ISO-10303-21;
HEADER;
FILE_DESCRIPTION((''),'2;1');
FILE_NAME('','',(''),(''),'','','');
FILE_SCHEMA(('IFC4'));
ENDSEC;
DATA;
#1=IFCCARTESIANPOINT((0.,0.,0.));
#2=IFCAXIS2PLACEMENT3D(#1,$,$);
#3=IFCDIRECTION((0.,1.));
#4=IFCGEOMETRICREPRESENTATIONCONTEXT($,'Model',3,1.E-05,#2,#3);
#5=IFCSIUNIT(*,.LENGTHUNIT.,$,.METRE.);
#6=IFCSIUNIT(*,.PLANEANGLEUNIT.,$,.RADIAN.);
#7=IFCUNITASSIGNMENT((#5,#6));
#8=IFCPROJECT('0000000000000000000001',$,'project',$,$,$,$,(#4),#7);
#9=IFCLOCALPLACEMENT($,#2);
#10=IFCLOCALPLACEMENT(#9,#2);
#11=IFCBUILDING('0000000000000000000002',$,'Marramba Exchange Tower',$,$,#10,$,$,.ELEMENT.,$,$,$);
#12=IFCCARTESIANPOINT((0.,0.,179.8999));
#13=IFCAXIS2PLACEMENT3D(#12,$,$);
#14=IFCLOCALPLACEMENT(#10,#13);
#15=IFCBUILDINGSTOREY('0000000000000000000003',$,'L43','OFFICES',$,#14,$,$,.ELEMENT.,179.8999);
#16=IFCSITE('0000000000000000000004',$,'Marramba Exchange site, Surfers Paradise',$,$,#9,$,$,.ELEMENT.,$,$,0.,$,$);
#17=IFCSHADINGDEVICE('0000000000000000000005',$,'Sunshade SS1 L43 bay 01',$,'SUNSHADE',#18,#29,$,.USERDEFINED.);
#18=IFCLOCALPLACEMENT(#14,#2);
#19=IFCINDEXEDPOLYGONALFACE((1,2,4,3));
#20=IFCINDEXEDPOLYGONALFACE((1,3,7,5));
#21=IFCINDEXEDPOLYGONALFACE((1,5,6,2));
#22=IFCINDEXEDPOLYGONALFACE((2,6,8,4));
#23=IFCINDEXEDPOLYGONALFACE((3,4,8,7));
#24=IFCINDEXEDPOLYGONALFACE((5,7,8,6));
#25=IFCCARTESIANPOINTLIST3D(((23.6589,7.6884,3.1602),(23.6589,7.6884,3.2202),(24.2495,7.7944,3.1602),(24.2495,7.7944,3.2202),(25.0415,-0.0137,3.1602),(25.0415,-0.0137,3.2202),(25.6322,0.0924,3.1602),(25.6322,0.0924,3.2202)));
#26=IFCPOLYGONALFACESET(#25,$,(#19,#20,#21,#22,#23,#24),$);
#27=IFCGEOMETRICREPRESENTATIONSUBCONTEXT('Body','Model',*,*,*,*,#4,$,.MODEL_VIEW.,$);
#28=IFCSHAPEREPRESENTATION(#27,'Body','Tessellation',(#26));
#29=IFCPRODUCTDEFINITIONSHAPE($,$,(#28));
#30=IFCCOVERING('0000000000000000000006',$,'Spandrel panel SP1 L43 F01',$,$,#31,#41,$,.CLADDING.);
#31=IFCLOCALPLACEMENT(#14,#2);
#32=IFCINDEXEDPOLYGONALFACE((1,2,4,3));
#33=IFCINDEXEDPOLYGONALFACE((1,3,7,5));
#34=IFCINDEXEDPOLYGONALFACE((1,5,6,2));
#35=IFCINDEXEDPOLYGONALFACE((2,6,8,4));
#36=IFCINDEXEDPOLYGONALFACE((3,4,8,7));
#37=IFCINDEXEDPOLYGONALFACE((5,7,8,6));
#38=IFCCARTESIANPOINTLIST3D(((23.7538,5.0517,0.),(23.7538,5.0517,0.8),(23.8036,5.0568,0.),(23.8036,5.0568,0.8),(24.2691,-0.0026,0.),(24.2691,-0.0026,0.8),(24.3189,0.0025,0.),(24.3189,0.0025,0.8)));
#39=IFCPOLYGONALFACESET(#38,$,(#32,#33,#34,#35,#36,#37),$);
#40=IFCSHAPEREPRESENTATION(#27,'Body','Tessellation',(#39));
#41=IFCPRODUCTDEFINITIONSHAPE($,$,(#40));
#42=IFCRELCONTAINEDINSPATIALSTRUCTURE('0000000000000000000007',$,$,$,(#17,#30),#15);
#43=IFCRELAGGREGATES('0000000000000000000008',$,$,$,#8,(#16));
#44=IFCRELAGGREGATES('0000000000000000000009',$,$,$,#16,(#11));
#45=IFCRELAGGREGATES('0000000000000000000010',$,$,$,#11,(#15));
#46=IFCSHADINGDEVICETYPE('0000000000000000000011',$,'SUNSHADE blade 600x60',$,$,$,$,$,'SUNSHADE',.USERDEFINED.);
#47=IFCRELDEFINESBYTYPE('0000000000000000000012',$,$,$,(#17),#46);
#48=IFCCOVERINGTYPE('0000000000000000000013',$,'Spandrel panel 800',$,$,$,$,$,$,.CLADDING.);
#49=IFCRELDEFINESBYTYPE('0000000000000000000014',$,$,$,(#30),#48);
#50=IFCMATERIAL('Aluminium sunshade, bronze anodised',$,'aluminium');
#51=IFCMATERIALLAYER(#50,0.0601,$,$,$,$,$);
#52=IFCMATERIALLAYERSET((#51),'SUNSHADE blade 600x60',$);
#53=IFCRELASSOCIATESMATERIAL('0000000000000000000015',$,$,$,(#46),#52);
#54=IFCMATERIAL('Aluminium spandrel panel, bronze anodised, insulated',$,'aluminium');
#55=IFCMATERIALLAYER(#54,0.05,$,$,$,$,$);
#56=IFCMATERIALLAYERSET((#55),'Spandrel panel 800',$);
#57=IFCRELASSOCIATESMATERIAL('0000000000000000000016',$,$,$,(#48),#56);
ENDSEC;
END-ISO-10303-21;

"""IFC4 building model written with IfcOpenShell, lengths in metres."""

from ifc_helpers import new_model, si_unit, direction, frame, origin, origin_2d, place, context, subcontext, project, spatial, rectangle, extrude, material, layer, layer_set, type_object, element, save


model = new_model("IFC4")

# Units and contexts
model_context = context("Model", 3, precision=1e-05, world=origin(), true_north=direction((0.0, 1.0)))
body_context = subcontext(model_context, "Body", "Model", "MODEL_VIEW")
ifc_project = project(units=[si_unit("LENGTHUNIT", "METRE"), si_unit("PLANEANGLEUNIT", "RADIAN")], contexts=[model_context])

# Site, building, storey
site_placement = place(None, origin())
site = spatial("IfcSite", under=ifc_project, at=site_placement, Name="Marramba Exchange site, Surfers Paradise", CompositionType="ELEMENT", RefElevation=0.0)
building_placement = place(site_placement, origin())
building = spatial("IfcBuilding", under=site, at=building_placement, Name="Marramba Exchange Tower", CompositionType="ELEMENT")
storey_placement = place(building_placement, frame((0.0, 0.0, 179.8999)))
storey = spatial("IfcBuildingStorey", under=building, at=storey_placement, Name="L43", Description="OFFICES", CompositionType="ELEMENT", Elevation=179.8999)

# Shading device
ifc_material_1 = material(Name="Aluminium sunshade, bronze anodised", Category="aluminium")
ifc_layer_1 = layer(ifc_material_1, 0.0601)
ifc_layer_set_1 = layer_set([ifc_layer_1], Name="SUNSHADE blade 600x60")
shading_device_type_1 = type_object("IfcShadingDeviceType", Name="SUNSHADE blade 600x60", ElementType="SUNSHADE", PredefinedType="USERDEFINED", material=ifc_layer_set_1)
shading_device_1_placement = place(storey_placement, frame((24.6455, 3.8904, 3.1602), z_axis=(0.0, 0.0, 1.0), x_axis=(-0.176691, 0.984266, 0.0)))
element("IfcShadingDevice", 1, at=shading_device_1_placement, inside=storey, type_object=shading_device_type_1, Name="Sunshade SS1 L43 bay 01", ObjectType="SUNSHADE", PredefinedType="USERDEFINED", context=body_context, shape_type="SweptSolid", body=[
    extrude(rectangle(XDim=7.8252, YDim=0.6001, at=origin_2d()), origin(), (0.0, 0.0, 1.0), 0.0601),
])

# Covering
ifc_material_2 = material(Name="Aluminium spandrel panel, bronze anodised, insulated", Category="aluminium")
ifc_layer_2 = layer(ifc_material_2, 0.05)
ifc_layer_set_2 = layer_set([ifc_layer_2], Name="Spandrel panel 800")
covering_type = type_object("IfcCoveringType", Name="Spandrel panel 800", PredefinedType="CLADDING", material=ifc_layer_set_2)
covering_placement = place(storey_placement, frame((24.0364, 2.5271, 0.0), z_axis=(0.0, 0.0, 1.0), x_axis=(-0.101422, 0.994843, 0.0)))
element("IfcCovering", 2, at=covering_placement, inside=storey, type_object=covering_type, Name="Spandrel panel SP1 L43 F01", PredefinedType="CLADDING", context=body_context, shape_type="SweptSolid", body=[
    extrude(rectangle(XDim=5.0806, YDim=0.05, at=origin_2d()), origin(), (0.0, 0.0, 1.0), 0.8),
])

save(model, "model.ifc")
